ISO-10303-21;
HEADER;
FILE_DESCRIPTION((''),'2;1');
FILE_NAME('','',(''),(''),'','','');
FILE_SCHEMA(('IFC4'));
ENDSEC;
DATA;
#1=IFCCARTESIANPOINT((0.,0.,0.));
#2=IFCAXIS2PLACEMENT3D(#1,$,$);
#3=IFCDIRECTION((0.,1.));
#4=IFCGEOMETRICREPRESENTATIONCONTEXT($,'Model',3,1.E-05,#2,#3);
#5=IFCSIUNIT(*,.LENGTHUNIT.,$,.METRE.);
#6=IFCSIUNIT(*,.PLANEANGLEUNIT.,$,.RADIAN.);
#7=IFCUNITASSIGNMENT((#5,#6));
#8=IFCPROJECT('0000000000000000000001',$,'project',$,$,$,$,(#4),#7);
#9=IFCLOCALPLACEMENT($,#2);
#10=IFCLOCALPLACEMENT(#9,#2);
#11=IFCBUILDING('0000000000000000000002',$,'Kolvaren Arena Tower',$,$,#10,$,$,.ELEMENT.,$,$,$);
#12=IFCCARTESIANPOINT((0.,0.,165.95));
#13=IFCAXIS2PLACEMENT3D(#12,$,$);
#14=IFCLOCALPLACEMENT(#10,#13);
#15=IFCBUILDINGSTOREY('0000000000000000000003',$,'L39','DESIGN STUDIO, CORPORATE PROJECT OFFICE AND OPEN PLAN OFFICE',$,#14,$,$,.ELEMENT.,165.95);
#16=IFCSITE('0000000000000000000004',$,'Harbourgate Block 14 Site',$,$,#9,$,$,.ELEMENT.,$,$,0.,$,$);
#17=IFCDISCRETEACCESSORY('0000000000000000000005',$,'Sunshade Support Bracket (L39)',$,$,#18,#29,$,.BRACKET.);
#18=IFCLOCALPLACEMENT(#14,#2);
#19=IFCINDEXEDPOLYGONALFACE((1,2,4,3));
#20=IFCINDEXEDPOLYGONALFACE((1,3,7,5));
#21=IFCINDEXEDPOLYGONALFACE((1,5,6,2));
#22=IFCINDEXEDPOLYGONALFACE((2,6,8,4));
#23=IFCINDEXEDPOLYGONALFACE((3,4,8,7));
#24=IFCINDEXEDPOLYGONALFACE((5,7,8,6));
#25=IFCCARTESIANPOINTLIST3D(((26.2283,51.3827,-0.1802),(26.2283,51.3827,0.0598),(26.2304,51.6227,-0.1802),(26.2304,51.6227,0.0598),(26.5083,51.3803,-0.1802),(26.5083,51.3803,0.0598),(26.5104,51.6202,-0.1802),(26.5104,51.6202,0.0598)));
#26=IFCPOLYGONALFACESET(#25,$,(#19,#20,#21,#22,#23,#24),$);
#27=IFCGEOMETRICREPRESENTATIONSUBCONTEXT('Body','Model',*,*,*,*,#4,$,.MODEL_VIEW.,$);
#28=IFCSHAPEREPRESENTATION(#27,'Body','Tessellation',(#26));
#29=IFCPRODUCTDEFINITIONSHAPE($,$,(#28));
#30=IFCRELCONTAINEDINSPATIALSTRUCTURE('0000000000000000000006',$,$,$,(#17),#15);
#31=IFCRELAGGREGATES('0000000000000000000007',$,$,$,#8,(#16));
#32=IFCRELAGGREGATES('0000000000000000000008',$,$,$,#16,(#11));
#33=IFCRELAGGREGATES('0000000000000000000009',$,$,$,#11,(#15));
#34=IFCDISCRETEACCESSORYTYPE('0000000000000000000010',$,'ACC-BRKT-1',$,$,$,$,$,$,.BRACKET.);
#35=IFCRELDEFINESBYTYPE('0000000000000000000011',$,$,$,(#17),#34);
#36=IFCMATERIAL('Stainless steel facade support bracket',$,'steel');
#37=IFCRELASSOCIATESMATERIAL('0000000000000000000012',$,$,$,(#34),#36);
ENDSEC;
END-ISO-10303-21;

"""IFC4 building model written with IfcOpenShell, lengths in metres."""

from ifc_helpers import new_model, si_unit, direction, frame, origin, origin_2d, place, context, subcontext, project, spatial, rectangle, extrude, material, type_object, element, save


model = new_model("IFC4")

# Units and contexts
model_context = context("Model", 3, precision=1e-05, world=origin(), true_north=direction((0.0, 1.0)))
body_context = subcontext(model_context, "Body", "Model", "MODEL_VIEW")
ifc_project = project(units=[si_unit("LENGTHUNIT", "METRE"), si_unit("PLANEANGLEUNIT", "RADIAN")], contexts=[model_context])

# Site, building, storey
site_placement = place(None, origin())
site = spatial("IfcSite", under=ifc_project, at=site_placement, Name="Harbourgate Block 14 Site", CompositionType="ELEMENT", RefElevation=0.0)
building_placement = place(site_placement, origin())
building = spatial("IfcBuilding", under=site, at=building_placement, Name="Kolvaren Arena Tower", CompositionType="ELEMENT")
storey_placement = place(building_placement, frame((0.0, 0.0, 165.95)))
storey = spatial("IfcBuildingStorey", under=building, at=storey_placement, Name="L39", Description="DESIGN STUDIO, CORPORATE PROJECT OFFICE AND OPEN PLAN OFFICE", CompositionType="ELEMENT", Elevation=165.95)

# Discrete accessory
ifc_material_1 = material(Name="Stainless steel facade support bracket", Category="steel")
discrete_accessory_type = type_object("IfcDiscreteAccessoryType", Name="ACC-BRKT-1", PredefinedType="BRACKET", material=ifc_material_1)
for number, where, z_axis, x_axis, name in (
    (1, (26.3694, 51.5015, -0.1802), (0.0, 0.0, 1.0), (0.999962, -0.008727, 0.0), "Sunshade Support Bracket (L39)"),
):
    element("IfcDiscreteAccessory", number, at=place(storey_placement, frame(where, z_axis=z_axis, x_axis=x_axis)), inside=storey, type_object=discrete_accessory_type, Name=name, PredefinedType="BRACKET", context=body_context, shape_type="SweptSolid", body=[
        extrude(rectangle(XDim=0.28, YDim=0.24, at=origin_2d()), origin(), (0.0, 0.0, 1.0), 0.24),
    ])

save(model, "model.ifc")
